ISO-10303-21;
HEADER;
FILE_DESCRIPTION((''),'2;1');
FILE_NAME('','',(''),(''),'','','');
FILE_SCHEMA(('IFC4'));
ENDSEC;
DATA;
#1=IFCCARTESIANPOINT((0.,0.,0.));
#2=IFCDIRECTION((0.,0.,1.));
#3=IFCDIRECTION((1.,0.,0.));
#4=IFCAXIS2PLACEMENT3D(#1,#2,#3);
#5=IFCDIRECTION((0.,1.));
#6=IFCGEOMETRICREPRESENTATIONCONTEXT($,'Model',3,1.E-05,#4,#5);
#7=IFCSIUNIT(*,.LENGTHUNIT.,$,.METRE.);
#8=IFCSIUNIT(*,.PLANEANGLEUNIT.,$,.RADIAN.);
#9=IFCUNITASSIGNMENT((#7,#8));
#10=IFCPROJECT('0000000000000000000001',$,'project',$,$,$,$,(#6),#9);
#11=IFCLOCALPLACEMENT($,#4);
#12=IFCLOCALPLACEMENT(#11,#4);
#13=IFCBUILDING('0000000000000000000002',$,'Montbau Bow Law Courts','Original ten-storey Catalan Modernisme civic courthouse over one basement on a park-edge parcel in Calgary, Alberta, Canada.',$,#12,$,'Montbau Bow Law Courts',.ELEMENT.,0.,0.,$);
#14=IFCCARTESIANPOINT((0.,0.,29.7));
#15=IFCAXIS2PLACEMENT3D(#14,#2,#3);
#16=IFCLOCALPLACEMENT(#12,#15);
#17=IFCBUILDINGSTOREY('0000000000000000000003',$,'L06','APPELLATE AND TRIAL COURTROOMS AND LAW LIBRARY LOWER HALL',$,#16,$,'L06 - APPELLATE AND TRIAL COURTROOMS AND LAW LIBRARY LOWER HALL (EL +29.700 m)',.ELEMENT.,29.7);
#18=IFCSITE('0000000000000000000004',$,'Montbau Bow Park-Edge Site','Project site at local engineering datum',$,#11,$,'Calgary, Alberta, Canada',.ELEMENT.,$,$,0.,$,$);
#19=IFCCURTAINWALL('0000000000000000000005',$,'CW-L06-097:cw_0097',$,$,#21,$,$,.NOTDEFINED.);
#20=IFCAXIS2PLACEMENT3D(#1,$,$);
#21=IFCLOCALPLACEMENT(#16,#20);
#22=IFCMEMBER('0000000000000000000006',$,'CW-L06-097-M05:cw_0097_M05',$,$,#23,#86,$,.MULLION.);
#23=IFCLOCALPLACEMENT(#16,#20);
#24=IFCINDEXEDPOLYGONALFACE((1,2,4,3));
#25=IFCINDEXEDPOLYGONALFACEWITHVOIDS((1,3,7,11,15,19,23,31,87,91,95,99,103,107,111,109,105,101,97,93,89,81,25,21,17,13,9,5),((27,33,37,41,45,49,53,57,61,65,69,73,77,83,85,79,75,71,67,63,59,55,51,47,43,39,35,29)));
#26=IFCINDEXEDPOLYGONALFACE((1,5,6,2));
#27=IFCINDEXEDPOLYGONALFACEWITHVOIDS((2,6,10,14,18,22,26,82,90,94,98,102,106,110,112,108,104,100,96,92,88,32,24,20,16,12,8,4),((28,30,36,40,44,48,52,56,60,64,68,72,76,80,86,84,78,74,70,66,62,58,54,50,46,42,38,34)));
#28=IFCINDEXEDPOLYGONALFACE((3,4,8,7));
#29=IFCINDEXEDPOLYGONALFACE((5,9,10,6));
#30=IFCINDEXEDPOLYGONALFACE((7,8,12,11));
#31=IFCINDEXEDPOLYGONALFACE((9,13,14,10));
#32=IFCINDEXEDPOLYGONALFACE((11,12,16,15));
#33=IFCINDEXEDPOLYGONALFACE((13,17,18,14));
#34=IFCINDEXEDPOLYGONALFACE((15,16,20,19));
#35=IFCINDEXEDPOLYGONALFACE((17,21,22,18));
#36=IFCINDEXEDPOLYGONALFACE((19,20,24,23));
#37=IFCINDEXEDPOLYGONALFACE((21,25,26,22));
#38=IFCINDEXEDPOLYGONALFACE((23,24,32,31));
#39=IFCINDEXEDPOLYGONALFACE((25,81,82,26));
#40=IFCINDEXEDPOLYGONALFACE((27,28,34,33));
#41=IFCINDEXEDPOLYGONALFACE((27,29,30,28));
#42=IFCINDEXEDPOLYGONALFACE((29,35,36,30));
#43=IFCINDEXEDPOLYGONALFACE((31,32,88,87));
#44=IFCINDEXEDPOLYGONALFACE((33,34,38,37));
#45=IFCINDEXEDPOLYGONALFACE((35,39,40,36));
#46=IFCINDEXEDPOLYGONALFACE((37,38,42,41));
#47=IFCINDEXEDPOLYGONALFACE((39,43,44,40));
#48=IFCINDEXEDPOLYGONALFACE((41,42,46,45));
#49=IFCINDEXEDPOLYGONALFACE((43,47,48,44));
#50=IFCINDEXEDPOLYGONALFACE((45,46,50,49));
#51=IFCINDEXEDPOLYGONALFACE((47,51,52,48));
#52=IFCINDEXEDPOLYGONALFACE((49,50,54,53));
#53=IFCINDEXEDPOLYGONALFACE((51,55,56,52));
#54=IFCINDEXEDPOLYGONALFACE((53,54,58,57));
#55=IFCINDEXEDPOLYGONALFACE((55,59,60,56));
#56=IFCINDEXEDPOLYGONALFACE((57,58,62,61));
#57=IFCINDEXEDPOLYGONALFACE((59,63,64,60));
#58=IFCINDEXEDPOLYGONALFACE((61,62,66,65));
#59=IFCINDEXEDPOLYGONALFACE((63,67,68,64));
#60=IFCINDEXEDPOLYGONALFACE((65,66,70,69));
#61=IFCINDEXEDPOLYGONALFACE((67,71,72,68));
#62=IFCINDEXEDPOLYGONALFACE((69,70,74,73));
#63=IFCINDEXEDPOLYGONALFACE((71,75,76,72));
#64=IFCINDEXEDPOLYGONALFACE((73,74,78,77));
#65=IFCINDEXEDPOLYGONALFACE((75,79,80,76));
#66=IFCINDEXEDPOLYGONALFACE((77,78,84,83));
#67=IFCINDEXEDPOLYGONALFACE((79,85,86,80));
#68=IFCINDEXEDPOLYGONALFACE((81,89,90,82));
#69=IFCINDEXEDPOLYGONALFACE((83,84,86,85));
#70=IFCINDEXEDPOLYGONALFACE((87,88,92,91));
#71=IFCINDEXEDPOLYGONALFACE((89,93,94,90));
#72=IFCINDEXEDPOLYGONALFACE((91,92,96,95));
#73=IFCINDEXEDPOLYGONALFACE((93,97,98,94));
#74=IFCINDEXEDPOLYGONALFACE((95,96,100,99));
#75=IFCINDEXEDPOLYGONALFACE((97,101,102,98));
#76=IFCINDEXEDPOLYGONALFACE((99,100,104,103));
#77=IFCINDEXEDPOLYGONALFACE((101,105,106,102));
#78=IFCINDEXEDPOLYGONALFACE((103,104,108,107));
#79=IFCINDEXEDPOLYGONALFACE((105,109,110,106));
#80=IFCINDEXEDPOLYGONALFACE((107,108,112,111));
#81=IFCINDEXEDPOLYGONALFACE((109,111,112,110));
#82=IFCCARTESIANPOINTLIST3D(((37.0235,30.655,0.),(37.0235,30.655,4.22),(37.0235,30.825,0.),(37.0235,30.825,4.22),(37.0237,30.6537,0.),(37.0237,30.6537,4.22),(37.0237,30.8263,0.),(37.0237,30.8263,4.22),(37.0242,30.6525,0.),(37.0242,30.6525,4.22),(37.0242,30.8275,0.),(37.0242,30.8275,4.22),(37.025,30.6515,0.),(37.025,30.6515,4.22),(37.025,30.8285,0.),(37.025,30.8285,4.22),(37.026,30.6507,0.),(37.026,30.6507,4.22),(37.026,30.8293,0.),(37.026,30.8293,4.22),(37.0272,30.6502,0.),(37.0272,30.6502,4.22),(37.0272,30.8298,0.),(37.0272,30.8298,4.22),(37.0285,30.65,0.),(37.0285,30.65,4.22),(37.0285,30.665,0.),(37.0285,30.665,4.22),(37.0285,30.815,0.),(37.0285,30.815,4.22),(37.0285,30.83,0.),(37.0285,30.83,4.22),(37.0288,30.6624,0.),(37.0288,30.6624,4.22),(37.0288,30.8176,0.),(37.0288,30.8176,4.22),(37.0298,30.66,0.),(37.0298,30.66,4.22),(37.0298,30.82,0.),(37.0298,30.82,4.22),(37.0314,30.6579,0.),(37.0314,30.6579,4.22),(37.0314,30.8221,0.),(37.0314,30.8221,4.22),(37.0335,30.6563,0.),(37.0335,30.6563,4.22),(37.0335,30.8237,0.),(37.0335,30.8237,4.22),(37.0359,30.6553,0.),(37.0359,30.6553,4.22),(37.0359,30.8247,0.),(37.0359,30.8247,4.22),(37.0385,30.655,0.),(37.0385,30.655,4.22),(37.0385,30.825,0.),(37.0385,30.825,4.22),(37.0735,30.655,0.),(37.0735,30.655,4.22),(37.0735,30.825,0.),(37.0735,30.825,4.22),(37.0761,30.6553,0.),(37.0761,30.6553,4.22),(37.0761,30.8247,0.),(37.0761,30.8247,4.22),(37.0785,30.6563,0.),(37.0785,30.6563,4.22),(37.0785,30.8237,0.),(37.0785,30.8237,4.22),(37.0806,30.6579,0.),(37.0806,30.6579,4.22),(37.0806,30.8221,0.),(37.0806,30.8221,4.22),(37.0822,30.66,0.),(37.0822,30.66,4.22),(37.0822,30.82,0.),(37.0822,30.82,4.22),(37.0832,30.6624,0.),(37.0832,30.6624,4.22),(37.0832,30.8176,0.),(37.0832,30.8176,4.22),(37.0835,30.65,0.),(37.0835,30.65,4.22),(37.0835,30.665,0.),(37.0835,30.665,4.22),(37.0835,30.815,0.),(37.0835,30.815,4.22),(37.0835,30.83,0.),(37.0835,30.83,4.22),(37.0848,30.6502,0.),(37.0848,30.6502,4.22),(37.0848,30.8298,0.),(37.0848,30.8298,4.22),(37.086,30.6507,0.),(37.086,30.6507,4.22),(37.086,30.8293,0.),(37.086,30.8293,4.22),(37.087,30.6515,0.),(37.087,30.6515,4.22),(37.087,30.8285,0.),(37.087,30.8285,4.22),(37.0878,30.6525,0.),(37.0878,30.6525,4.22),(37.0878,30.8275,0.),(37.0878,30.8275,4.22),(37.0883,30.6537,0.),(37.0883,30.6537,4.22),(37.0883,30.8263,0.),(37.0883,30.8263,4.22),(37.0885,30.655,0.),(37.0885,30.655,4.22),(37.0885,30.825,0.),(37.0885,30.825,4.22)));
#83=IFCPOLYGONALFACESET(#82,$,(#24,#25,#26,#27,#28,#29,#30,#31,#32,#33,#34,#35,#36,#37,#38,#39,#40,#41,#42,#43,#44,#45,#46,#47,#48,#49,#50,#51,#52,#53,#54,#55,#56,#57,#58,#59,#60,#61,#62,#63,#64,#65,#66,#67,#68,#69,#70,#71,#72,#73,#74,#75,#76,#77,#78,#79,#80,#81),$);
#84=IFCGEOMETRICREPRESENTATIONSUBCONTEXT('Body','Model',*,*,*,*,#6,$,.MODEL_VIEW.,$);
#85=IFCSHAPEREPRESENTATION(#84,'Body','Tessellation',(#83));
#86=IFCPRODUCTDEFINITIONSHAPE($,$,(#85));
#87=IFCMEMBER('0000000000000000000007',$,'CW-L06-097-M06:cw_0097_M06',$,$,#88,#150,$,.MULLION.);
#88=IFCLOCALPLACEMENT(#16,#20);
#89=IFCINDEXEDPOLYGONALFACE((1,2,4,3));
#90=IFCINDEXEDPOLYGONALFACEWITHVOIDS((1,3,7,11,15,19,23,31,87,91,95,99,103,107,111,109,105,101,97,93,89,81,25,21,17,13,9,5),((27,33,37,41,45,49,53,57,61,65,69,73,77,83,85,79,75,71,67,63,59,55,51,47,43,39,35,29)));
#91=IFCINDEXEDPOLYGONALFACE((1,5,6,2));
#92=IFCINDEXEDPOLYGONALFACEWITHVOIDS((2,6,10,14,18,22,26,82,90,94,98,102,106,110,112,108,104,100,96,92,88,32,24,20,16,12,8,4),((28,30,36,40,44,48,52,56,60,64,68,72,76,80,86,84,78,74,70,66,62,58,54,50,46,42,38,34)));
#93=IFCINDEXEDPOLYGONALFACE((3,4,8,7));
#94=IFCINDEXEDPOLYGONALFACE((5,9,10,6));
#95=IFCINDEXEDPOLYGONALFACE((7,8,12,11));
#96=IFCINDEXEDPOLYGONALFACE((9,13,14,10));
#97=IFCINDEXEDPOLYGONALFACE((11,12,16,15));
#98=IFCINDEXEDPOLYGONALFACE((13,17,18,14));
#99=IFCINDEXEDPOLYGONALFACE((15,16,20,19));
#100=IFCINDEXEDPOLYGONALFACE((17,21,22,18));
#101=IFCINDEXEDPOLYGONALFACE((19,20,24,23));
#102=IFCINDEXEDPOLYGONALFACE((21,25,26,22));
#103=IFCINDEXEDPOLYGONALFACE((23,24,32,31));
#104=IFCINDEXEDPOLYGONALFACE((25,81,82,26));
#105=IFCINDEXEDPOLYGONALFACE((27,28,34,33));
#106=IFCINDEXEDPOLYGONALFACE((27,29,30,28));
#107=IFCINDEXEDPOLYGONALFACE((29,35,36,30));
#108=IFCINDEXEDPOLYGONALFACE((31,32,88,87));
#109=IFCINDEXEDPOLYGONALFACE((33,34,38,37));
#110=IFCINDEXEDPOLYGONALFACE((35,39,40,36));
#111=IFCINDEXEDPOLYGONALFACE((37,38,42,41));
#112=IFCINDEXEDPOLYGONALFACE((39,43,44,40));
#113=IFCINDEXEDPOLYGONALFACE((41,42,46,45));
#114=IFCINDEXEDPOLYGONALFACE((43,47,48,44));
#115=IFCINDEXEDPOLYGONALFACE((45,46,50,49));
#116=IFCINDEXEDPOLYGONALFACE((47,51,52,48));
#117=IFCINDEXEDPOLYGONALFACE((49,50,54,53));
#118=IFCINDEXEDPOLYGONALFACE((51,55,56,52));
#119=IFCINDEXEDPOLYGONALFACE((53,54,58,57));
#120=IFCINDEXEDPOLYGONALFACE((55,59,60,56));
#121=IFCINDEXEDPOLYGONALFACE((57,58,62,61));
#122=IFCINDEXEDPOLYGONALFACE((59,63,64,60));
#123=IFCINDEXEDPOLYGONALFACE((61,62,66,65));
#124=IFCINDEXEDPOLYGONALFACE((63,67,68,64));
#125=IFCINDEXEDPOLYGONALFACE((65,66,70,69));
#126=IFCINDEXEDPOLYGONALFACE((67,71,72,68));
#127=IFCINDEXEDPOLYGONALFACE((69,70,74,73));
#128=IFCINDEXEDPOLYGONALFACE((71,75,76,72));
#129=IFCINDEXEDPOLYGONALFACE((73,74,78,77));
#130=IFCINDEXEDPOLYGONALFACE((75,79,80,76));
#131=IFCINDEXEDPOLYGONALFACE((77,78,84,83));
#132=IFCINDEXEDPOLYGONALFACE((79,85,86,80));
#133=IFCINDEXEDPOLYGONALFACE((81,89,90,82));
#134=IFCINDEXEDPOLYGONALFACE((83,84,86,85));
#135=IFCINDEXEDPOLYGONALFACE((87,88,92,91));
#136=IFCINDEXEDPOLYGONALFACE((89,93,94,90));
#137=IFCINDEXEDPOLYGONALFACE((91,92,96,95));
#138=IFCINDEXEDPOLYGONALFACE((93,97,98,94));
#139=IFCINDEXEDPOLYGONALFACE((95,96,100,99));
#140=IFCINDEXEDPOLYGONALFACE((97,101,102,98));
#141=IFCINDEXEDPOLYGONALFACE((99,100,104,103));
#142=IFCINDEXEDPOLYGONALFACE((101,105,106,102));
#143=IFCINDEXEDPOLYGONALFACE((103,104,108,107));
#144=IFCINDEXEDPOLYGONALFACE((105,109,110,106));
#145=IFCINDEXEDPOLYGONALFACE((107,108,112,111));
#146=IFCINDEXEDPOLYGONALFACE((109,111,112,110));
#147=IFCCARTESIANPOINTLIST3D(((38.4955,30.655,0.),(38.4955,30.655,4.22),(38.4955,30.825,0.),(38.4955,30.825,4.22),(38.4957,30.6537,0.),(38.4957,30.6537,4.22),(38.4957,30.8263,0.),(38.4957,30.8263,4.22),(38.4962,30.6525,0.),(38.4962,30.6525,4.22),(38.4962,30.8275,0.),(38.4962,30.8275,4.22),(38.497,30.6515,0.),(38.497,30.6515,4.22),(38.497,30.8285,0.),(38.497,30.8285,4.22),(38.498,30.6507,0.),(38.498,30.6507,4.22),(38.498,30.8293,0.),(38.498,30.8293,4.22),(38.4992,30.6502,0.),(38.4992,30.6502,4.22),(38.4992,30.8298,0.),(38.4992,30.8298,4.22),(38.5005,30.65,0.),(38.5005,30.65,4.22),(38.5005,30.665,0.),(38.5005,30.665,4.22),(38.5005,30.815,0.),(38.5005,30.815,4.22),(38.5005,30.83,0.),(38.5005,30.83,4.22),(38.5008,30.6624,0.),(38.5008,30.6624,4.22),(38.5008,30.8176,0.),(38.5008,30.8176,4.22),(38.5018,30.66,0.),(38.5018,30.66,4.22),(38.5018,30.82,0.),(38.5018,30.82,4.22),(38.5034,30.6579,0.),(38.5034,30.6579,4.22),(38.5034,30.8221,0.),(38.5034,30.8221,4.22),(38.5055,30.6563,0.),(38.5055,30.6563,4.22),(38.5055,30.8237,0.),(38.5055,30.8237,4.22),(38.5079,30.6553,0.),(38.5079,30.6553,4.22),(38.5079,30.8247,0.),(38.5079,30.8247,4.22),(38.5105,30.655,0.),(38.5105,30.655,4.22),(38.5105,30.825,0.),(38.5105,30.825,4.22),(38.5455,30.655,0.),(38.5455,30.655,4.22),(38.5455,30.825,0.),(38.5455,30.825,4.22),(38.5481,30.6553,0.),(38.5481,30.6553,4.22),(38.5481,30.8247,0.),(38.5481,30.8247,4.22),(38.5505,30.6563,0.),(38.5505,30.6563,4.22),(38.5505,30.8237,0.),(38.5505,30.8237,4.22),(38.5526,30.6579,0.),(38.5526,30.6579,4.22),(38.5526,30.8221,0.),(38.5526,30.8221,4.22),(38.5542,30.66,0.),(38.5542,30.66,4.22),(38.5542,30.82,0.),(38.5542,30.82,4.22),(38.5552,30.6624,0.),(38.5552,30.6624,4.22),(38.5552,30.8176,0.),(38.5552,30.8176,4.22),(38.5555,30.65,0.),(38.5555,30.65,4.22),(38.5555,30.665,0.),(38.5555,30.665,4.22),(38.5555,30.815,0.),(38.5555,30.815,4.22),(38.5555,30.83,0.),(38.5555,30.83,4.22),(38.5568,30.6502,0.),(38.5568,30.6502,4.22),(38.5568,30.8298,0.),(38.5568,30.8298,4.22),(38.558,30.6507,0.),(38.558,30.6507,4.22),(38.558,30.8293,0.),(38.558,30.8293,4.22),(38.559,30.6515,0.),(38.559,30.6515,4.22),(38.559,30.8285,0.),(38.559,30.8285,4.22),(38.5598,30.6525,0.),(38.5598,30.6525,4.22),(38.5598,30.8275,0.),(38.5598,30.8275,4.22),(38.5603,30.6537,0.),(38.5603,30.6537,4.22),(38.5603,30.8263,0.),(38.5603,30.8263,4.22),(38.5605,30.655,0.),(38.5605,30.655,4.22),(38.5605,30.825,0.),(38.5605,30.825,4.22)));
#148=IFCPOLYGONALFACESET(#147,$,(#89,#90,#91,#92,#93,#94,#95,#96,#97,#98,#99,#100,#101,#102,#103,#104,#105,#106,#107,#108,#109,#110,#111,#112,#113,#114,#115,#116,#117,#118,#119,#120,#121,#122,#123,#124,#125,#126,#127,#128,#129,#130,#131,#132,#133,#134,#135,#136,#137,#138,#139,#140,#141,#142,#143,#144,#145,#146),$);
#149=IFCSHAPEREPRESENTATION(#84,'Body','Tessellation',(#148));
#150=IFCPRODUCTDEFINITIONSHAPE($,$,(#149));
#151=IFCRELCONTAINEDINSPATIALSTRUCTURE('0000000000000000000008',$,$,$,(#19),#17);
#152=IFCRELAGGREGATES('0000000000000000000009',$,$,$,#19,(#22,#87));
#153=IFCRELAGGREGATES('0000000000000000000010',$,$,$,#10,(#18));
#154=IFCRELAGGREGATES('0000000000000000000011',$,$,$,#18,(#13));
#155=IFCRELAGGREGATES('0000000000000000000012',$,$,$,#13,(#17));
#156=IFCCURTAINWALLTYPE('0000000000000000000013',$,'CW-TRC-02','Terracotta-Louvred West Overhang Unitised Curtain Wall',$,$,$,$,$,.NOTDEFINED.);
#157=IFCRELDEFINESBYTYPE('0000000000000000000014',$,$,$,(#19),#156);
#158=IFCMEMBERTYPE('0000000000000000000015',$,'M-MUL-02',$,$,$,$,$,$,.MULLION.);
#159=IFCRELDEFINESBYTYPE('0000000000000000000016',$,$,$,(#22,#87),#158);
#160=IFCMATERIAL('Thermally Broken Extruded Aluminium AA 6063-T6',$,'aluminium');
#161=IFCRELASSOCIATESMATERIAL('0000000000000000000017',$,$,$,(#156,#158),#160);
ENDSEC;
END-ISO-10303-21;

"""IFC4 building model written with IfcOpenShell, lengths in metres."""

from ifc_helpers import new_model, si_unit, direction, frame, origin_with_axes, origin_2d_with_axis, place, context, subcontext, project, spatial, hollow_rectangle, extrude, material, material_profile, profile_set, type_object, element, aggregate, save


model = new_model("IFC4")

# Units and contexts
model_context = context("Model", 3, precision=1e-05, world=origin_with_axes(), true_north=direction((0.0, 1.0)))
body_context = subcontext(model_context, "Body", "Model", "MODEL_VIEW")
ifc_project = project(units=[si_unit("LENGTHUNIT", "METRE"), si_unit("PLANEANGLEUNIT", "RADIAN")], contexts=[model_context])

# Site, building, storey
site_placement = place(None, origin_with_axes())
site = spatial("IfcSite", under=ifc_project, at=site_placement, Name="Montbau Bow Park-Edge Site", Description="Project site at local engineering datum", LongName="Calgary, Alberta, Canada", CompositionType="ELEMENT", RefElevation=0.0)
building_placement = place(site_placement, origin_with_axes())
building = spatial("IfcBuilding", under=site, at=building_placement, Name="Montbau Bow Law Courts", Description="Original ten-storey Catalan Modernisme civic courthouse over one basement on a park-edge parcel in Calgary, Alberta, Canada.", LongName="Montbau Bow Law Courts", CompositionType="ELEMENT", ElevationOfRefHeight=0.0, ElevationOfTerrain=0.0)
storey_placement = place(building_placement, frame((0.0, 0.0, 29.7), z_axis=(0.0, 0.0, 1.0), x_axis=(1.0, 0.0, 0.0)))
storey = spatial("IfcBuildingStorey", under=building, at=storey_placement, Name="L06", Description="APPELLATE AND TRIAL COURTROOMS AND LAW LIBRARY LOWER HALL", LongName="L06 - APPELLATE AND TRIAL COURTROOMS AND LAW LIBRARY LOWER HALL (EL +29.700 m)", CompositionType="ELEMENT", Elevation=29.7)

# Curtain wall, members
ifc_material_1 = material(Name="Thermally Broken Extruded Aluminium AA 6063-T6", Category="aluminium")
curtain_wall_type = type_object("IfcCurtainWallType", Name="CW-TRC-02", Description="Terracotta-Louvred West Overhang Unitised Curtain Wall", PredefinedType="NOTDEFINED", material=ifc_material_1)
curtain_wall_1_placement = place(None, frame((31.04, 30.74, 29.7), z_axis=(0.0, 0.0, 1.0), x_axis=(1.0, 0.0, 0.0)))
curtain_wall_1 = element("IfcCurtainWall", 1, at=curtain_wall_1_placement, inside=storey, type_object=curtain_wall_type, Name="CW-L06-097:cw_0097", PredefinedType="NOTDEFINED")
ifc_material_profile_1 = material_profile(ifc_material_1, hollow_rectangle(XDim=0.065, YDim=0.18, WallThickness=0.005, InnerFilletRadius=0.01, OuterFilletRadius=0.005, at=origin_2d_with_axis()), Name="CWM-180X65", Category="Main", Priority=0)
ifc_profile_set_1 = profile_set([ifc_material_profile_1], Name="Thermally Broken Extruded Aluminium AA 6063-T6")
member_type_1 = type_object("IfcMemberType", Name="M-MUL-02", PredefinedType="MULLION", material=ifc_profile_set_1)
member_1_placement = place(None, frame((37.056, 30.74, 29.7), z_axis=(0.0, 0.0, 1.0), x_axis=(1.0, 0.0, 0.0)))
member_1 = element("IfcMember", 2, at=member_1_placement, type_object=member_type_1, Name="CW-L06-097-M05:cw_0097_M05", PredefinedType="MULLION", context=body_context, shape_type="SweptSolid", body=[
    extrude(hollow_rectangle(XDim=0.065, YDim=0.18, WallThickness=0.005, InnerFilletRadius=0.01, OuterFilletRadius=0.005, at=origin_2d_with_axis()), origin_with_axes(), (0.0, 0.0, 1.0), 4.22),
])
member_2_placement = place(None, frame((38.528, 30.74, 29.7), z_axis=(0.0, 0.0, 1.0), x_axis=(1.0, 0.0, 0.0)))
member_2 = element("IfcMember", 3, at=member_2_placement, type_object=member_type_1, Name="CW-L06-097-M06:cw_0097_M06", PredefinedType="MULLION", context=body_context, shape_type="SweptSolid", body=[
    extrude(hollow_rectangle(XDim=0.065, YDim=0.18, WallThickness=0.005, InnerFilletRadius=0.01, OuterFilletRadius=0.005, at=origin_2d_with_axis()), origin_with_axes(), (0.0, 0.0, 1.0), 4.22),
])

aggregate(curtain_wall_1, [member_1, member_2])

save(model, "model.ifc")
